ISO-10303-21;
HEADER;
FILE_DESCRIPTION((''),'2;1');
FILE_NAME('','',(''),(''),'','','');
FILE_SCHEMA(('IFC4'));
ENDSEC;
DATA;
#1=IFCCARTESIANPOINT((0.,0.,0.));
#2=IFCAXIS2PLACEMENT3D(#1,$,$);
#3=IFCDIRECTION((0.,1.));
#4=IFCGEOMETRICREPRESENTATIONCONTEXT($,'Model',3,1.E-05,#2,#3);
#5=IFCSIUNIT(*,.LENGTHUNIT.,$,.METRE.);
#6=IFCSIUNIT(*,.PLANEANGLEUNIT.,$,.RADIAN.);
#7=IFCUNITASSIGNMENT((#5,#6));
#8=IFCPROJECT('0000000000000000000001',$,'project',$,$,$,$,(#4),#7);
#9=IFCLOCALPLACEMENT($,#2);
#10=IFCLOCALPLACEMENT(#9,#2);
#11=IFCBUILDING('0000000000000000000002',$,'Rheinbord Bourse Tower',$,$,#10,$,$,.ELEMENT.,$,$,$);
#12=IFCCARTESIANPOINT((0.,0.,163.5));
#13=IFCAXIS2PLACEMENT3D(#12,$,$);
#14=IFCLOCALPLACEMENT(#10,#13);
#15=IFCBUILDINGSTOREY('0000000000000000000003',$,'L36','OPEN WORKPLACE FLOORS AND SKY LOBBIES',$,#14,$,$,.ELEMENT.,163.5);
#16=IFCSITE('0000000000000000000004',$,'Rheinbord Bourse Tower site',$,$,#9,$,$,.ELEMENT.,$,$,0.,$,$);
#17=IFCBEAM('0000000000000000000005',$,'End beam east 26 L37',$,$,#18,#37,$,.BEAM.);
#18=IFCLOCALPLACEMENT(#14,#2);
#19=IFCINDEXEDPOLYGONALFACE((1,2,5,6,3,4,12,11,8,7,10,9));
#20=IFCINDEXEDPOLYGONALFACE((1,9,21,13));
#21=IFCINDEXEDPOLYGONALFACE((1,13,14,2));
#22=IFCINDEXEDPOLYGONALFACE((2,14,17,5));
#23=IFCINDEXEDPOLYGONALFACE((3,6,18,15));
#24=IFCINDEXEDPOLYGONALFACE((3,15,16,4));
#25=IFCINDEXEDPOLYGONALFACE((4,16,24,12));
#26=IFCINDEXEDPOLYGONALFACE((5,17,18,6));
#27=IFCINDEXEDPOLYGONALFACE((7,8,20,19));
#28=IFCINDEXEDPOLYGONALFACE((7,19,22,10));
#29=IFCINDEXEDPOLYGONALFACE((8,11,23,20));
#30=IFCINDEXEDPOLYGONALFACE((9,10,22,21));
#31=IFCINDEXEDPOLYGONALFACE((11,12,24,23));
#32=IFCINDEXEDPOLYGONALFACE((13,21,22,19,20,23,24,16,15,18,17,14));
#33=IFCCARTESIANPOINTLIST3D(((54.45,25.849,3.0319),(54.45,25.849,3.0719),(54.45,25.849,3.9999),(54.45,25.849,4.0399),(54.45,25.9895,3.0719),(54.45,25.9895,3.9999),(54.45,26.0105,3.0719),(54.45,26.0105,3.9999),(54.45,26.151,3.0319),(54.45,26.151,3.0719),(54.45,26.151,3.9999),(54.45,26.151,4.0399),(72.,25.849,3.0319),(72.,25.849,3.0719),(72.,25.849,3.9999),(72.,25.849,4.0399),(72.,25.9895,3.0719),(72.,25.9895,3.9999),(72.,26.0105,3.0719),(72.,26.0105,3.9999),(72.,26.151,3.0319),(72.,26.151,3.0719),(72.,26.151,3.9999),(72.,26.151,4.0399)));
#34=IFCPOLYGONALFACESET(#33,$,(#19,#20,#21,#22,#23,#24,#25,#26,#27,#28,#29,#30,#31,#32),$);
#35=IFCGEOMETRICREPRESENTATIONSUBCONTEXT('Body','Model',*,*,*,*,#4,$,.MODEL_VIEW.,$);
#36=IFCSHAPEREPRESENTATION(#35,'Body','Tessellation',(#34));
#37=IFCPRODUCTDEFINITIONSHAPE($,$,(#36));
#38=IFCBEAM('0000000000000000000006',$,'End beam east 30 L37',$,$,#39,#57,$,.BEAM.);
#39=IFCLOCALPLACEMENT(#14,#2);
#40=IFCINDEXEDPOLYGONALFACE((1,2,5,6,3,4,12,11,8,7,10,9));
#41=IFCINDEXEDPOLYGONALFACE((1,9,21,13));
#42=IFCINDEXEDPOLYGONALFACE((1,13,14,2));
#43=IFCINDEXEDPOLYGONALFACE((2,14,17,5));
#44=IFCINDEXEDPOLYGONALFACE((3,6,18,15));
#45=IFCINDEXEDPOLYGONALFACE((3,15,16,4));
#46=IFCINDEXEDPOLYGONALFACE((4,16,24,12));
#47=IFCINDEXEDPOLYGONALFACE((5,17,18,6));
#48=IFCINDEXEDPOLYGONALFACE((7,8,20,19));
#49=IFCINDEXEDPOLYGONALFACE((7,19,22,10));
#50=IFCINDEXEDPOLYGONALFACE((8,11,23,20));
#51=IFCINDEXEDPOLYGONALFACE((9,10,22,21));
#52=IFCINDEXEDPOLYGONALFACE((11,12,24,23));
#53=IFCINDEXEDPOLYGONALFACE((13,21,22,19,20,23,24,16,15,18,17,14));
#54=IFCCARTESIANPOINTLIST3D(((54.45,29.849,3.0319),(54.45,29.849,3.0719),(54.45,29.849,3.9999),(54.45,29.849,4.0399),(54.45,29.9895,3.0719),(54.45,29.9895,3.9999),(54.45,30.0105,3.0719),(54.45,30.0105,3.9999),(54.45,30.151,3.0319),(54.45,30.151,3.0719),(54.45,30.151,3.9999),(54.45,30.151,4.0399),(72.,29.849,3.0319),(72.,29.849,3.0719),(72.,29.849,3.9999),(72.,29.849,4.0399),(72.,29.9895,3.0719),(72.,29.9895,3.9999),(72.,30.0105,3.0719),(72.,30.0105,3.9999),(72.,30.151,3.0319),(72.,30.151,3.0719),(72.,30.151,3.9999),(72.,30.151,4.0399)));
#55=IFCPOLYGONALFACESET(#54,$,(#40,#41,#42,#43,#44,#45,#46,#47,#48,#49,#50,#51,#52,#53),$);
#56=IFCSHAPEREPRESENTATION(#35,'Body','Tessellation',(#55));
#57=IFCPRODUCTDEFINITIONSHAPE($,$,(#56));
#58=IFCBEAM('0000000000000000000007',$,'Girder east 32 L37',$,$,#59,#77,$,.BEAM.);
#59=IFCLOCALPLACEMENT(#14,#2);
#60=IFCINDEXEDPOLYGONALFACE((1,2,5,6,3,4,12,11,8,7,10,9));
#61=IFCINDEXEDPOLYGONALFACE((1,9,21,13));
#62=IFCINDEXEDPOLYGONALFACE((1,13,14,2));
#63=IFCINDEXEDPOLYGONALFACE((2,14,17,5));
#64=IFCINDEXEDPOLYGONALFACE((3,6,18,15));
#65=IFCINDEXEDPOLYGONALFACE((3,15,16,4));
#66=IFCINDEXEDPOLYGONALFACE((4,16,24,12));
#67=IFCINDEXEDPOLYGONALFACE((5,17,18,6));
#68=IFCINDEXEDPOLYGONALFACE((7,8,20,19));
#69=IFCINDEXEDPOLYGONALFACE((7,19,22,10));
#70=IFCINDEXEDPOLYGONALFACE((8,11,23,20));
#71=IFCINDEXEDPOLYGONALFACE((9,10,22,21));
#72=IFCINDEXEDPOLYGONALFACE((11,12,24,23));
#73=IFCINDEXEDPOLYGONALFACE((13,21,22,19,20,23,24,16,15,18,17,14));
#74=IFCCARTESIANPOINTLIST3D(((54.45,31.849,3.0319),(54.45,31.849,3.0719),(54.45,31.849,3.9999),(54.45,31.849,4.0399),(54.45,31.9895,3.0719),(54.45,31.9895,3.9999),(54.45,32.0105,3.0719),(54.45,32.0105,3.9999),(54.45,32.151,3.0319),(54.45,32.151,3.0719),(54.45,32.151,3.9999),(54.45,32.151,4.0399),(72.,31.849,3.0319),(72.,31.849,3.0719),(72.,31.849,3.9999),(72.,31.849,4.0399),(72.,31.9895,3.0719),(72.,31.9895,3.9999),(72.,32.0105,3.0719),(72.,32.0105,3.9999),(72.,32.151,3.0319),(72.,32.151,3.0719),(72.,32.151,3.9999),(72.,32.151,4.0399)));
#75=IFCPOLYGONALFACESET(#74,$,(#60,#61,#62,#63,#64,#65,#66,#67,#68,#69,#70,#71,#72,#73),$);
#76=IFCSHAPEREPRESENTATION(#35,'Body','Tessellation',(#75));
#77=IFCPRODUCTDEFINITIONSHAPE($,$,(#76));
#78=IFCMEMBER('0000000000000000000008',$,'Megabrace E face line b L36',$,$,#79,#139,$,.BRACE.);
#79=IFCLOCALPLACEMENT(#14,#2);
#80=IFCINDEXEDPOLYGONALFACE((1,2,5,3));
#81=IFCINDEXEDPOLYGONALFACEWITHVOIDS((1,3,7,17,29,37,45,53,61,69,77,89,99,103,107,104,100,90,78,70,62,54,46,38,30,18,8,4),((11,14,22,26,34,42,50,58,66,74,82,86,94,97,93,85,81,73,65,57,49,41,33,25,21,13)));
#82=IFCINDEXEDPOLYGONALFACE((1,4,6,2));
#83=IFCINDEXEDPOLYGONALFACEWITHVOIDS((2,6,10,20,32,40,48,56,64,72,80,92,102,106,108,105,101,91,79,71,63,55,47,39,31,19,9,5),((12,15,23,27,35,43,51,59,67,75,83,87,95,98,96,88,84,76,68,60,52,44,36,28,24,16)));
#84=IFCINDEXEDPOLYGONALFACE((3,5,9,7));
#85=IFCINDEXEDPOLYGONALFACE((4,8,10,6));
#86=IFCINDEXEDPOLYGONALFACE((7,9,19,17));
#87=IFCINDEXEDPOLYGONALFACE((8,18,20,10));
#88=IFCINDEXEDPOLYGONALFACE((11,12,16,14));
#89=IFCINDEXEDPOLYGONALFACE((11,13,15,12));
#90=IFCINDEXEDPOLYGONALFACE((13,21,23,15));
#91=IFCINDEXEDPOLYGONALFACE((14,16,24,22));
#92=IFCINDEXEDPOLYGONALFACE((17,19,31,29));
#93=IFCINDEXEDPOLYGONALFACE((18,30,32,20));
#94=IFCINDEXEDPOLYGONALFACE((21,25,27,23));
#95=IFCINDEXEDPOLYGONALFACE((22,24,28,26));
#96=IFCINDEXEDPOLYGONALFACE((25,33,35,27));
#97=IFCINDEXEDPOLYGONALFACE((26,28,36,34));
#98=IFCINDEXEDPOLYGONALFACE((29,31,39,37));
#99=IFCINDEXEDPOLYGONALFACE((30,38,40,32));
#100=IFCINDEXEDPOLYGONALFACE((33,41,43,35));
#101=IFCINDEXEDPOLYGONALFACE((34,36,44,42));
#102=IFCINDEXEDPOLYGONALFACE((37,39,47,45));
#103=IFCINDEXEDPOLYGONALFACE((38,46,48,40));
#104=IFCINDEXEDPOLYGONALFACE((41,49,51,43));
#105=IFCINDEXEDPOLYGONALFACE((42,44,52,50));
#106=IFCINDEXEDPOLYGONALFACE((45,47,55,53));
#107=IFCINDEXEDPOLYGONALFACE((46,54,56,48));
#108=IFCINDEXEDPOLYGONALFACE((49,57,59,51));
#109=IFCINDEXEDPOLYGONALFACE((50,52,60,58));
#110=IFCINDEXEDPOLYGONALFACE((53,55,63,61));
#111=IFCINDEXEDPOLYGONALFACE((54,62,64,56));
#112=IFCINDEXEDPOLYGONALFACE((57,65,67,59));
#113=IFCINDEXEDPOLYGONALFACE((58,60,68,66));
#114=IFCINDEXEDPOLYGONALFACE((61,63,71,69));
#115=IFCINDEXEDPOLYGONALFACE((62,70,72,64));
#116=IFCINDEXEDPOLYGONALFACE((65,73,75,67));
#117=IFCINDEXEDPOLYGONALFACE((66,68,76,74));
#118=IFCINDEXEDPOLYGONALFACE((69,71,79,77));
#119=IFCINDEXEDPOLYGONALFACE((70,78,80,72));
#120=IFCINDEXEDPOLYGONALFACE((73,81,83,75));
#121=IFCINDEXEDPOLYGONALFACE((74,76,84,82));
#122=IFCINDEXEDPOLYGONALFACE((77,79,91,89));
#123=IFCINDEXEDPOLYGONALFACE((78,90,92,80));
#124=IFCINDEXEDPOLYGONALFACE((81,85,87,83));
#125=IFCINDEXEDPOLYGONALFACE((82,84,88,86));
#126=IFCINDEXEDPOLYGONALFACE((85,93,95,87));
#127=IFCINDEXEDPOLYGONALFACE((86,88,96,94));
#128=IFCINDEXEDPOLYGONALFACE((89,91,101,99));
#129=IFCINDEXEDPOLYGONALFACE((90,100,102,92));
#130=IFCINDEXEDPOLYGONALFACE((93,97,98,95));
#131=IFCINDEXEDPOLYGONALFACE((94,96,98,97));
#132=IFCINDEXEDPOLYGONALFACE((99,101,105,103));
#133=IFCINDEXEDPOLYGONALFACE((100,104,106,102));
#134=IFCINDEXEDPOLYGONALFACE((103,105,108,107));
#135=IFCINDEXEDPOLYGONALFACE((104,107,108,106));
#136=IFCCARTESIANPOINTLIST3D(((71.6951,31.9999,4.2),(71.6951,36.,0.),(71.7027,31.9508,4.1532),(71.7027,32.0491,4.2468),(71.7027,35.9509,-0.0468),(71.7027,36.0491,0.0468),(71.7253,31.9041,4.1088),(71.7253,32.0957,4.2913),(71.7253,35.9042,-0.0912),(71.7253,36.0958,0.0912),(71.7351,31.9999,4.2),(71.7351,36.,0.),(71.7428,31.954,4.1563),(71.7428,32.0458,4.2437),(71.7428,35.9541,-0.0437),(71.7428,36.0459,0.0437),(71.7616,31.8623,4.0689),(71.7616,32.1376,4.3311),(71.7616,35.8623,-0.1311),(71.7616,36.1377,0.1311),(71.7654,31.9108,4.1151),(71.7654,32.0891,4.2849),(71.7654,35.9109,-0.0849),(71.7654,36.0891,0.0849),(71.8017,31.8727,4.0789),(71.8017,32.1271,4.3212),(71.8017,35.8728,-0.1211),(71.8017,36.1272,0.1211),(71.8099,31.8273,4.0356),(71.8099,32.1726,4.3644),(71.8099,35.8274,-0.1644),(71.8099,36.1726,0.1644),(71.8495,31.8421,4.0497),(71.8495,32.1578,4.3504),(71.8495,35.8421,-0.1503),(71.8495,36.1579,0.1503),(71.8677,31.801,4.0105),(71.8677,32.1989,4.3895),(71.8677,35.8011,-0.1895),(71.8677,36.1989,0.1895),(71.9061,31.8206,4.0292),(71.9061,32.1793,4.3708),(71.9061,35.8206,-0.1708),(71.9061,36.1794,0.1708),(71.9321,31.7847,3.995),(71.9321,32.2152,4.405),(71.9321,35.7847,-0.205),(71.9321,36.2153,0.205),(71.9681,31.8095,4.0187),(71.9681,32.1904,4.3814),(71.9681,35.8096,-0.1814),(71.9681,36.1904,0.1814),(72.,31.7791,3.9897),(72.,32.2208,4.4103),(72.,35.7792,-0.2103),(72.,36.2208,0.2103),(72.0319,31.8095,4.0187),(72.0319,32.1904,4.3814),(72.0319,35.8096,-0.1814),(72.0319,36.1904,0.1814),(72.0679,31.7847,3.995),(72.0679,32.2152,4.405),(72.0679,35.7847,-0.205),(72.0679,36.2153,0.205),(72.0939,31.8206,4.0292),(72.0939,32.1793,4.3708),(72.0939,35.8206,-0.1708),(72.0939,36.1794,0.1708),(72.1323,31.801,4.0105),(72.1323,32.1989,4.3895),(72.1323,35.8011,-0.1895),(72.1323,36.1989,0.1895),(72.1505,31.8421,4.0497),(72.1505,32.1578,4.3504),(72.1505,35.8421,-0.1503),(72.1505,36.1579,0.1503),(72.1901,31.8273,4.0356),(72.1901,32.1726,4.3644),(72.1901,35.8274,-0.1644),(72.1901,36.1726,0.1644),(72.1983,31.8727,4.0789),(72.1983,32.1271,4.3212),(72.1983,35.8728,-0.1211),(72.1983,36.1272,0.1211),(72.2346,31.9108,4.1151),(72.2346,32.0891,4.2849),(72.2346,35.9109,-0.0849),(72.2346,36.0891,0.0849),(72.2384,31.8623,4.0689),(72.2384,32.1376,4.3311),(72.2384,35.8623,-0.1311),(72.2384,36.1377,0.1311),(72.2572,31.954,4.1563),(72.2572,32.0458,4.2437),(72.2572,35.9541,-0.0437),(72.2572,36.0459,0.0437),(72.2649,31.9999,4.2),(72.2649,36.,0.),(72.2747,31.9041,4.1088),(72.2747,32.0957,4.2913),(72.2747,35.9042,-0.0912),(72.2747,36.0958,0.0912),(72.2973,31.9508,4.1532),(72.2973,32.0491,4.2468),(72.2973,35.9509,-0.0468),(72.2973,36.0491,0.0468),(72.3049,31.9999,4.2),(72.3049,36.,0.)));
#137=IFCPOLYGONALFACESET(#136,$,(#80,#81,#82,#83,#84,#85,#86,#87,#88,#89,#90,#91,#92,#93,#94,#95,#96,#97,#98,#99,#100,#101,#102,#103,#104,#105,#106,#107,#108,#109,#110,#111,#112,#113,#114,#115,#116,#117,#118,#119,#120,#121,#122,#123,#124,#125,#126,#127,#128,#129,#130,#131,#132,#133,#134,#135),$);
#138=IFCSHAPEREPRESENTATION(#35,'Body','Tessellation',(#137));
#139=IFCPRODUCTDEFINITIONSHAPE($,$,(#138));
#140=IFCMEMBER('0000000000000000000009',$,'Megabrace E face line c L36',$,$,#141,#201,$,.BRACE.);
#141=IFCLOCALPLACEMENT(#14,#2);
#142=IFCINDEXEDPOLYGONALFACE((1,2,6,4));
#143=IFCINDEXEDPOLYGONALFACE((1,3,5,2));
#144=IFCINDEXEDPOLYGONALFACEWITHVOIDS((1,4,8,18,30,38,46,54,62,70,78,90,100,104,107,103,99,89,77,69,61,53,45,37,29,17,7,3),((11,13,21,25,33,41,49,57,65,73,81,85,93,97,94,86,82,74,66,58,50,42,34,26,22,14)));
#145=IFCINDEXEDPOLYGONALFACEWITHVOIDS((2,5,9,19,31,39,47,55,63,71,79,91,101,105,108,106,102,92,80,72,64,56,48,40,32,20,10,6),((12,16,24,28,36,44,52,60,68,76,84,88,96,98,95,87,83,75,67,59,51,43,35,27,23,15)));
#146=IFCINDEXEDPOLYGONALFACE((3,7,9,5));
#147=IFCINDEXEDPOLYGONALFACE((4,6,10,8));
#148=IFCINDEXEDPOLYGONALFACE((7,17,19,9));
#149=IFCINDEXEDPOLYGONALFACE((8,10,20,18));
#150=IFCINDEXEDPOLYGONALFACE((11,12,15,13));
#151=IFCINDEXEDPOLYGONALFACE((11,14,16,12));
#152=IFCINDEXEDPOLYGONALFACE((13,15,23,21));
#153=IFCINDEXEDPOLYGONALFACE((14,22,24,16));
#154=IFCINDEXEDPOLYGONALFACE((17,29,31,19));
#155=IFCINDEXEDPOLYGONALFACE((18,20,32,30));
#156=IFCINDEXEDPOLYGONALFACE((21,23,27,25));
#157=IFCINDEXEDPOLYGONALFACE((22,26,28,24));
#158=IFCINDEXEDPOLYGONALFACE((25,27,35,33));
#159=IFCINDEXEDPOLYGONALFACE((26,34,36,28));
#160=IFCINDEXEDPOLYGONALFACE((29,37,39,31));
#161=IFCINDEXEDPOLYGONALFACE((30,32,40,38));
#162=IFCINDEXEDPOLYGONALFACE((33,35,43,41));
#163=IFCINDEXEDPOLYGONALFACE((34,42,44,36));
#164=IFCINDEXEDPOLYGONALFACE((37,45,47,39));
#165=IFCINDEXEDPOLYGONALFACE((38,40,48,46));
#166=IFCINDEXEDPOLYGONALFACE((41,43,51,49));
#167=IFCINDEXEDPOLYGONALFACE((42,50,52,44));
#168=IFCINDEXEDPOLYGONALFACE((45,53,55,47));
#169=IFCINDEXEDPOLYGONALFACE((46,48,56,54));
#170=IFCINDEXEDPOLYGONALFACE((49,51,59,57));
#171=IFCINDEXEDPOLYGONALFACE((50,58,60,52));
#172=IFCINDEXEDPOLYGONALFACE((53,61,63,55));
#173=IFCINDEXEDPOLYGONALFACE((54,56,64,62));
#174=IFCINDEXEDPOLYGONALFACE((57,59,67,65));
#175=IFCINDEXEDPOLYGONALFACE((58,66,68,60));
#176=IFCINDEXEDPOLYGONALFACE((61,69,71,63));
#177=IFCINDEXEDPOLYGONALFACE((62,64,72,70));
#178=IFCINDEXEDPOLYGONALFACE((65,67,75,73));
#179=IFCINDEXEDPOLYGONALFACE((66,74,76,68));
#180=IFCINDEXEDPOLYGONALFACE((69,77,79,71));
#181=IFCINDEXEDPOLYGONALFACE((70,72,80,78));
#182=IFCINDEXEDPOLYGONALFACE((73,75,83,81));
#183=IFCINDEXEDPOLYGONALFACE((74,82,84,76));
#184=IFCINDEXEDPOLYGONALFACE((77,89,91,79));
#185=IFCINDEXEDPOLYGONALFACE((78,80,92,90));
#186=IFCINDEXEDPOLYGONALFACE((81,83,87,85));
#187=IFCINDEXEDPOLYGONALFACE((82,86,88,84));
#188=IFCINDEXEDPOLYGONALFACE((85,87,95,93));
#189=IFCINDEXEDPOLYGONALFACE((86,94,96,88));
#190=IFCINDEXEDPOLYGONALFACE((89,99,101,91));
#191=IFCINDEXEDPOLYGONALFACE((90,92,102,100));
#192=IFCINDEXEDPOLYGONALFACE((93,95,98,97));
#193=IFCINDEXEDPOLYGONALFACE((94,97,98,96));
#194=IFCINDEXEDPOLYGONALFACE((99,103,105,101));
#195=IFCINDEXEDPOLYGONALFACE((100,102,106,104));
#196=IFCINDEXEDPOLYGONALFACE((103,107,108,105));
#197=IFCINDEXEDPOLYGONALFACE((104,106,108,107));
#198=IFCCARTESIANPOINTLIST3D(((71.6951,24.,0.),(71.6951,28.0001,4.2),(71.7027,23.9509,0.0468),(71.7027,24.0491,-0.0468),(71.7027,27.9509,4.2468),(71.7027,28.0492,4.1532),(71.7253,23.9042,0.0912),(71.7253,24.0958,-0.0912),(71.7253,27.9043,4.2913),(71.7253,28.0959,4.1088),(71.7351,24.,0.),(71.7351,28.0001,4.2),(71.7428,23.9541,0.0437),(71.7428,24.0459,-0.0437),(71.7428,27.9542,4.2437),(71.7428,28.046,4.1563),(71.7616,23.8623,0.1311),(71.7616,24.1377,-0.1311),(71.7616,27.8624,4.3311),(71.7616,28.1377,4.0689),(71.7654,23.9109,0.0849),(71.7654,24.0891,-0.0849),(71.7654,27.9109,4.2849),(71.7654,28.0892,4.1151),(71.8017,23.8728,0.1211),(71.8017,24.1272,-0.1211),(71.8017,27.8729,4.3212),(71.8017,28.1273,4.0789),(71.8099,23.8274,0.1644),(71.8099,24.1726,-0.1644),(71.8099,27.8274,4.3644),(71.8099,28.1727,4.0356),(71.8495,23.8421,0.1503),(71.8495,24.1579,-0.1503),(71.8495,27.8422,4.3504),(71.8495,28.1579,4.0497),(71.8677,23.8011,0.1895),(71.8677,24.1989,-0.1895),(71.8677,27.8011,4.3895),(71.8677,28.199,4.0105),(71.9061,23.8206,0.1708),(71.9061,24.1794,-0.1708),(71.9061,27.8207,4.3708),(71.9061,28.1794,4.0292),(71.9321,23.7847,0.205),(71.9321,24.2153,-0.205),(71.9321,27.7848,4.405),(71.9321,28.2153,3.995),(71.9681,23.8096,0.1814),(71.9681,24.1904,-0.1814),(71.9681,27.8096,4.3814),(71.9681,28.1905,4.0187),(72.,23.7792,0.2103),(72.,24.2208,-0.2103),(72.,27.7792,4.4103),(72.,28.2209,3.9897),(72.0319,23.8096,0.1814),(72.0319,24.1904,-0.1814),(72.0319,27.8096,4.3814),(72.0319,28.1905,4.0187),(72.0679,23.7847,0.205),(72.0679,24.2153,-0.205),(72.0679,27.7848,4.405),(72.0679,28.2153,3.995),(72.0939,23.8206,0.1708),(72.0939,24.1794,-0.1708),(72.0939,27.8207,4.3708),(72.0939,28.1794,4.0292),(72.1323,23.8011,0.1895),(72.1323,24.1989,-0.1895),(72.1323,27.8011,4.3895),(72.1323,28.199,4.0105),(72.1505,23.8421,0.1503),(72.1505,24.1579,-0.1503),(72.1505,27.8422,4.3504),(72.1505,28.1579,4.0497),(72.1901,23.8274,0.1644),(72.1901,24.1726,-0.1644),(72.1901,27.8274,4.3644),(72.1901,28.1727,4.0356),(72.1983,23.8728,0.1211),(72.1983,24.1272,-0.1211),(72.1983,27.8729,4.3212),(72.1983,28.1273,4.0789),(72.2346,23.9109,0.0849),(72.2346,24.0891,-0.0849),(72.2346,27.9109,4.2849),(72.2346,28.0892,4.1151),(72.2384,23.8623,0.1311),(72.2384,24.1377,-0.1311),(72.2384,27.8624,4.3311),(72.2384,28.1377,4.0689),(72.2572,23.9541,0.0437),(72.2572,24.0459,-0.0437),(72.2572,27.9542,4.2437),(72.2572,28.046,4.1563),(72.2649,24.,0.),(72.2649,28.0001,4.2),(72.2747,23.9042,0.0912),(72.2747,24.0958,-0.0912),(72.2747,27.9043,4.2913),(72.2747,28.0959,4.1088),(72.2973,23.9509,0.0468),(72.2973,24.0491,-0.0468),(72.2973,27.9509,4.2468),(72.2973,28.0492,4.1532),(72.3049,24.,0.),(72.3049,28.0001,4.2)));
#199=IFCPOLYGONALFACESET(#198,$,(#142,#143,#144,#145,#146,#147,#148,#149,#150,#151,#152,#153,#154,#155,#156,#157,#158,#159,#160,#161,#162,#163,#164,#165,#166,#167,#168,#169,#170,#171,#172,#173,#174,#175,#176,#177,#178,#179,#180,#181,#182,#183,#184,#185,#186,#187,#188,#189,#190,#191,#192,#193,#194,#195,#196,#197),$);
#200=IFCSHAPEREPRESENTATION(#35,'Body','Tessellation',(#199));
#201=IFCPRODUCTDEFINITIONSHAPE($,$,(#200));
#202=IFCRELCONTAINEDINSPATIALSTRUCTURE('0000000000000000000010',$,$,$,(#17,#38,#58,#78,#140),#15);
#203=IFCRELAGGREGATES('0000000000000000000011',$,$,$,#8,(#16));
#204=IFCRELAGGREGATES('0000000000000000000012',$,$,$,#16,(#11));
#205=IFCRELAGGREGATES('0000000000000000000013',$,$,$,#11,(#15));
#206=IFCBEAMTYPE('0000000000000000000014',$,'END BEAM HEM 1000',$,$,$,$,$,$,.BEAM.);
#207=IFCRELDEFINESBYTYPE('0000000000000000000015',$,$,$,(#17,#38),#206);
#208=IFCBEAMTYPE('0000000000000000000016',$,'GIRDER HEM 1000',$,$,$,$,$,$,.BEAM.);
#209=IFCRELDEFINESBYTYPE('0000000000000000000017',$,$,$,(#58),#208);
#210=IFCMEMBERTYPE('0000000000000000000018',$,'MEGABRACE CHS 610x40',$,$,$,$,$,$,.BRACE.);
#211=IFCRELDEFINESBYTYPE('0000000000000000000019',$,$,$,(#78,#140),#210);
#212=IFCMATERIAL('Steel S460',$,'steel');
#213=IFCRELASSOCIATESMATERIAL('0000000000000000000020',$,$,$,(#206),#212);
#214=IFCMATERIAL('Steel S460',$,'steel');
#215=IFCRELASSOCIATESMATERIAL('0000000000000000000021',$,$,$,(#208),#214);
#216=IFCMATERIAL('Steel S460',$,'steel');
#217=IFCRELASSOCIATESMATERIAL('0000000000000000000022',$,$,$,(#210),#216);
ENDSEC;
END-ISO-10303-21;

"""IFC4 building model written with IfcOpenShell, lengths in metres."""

from ifc_helpers import new_model, si_unit, direction, frame, origin, origin_2d, place, context, subcontext, project, spatial, hollow_circle, i_section, extrude, material, material_profile, profile_set, type_object, element, save


model = new_model("IFC4")

# Units and contexts
model_context = context("Model", 3, precision=1e-05, world=origin(), true_north=direction((0.0, 1.0)))
body_context = subcontext(model_context, "Body", "Model", "MODEL_VIEW")
ifc_project = project(units=[si_unit("LENGTHUNIT", "METRE"), si_unit("PLANEANGLEUNIT", "RADIAN")], contexts=[model_context])

# Site, building, storey
site_placement = place(None, origin())
site = spatial("IfcSite", under=ifc_project, at=site_placement, Name="Rheinbord Bourse Tower site", CompositionType="ELEMENT", RefElevation=0.0)
building_placement = place(site_placement, origin())
building = spatial("IfcBuilding", under=site, at=building_placement, Name="Rheinbord Bourse Tower", CompositionType="ELEMENT")
storey_placement = place(building_placement, frame((0.0, 0.0, 163.5)))
storey = spatial("IfcBuildingStorey", under=building, at=storey_placement, Name="L36", Description="OPEN WORKPLACE FLOORS AND SKY LOBBIES", CompositionType="ELEMENT", Elevation=163.5)

# Beams
ifc_material_1 = material(Name="Steel S460", Category="steel")
ifc_material_profile_1 = material_profile(ifc_material_1, i_section(OverallWidth=0.302, OverallDepth=1.0081, WebThickness=0.021, FlangeThickness=0.04, at=origin_2d()), Name="HEM 1000")
ifc_profile_set_1 = profile_set([ifc_material_profile_1], Name="Steel S460")
beam_type_1 = type_object("IfcBeamType", Name="END BEAM HEM 1000", PredefinedType="BEAM", material=ifc_profile_set_1)
for number, where, z_axis, x_axis, name in (
    (1, (54.45, 26.0, 3.5359), (1.0, 0.0, 0.0), (0.0, 1.0, 0.0), "End beam east 26 L37"),
    (2, (54.45, 30.0, 3.5359), (1.0, 0.0, 0.0), (0.0, 1.0, 0.0), "End beam east 30 L37"),
):
    element("IfcBeam", number, at=place(storey_placement, frame(where, z_axis=z_axis, x_axis=x_axis)), inside=storey, type_object=beam_type_1, Name=name, PredefinedType="BEAM", context=body_context, shape_type="SweptSolid", body=[
        extrude(i_section(OverallWidth=0.302, OverallDepth=1.0081, WebThickness=0.021, FlangeThickness=0.04, at=origin_2d()), origin(), (0.0, 0.0, 1.0), 17.55),
    ])
ifc_material_2 = material(Name="Steel S460", Category="steel")
ifc_material_profile_2 = material_profile(ifc_material_2, i_section(OverallWidth=0.302, OverallDepth=1.0081, WebThickness=0.021, FlangeThickness=0.04, at=origin_2d()), Name="HEM 1000")
ifc_profile_set_2 = profile_set([ifc_material_profile_2], Name="Steel S460")
beam_type_2 = type_object("IfcBeamType", Name="GIRDER HEM 1000", PredefinedType="BEAM", material=ifc_profile_set_2)
beam_1_placement = place(storey_placement, frame((54.45, 32.0, 3.5359), z_axis=(1.0, 0.0, 0.0), x_axis=(0.0, 1.0, 0.0)))
element("IfcBeam", 3, at=beam_1_placement, inside=storey, type_object=beam_type_2, Name="Girder east 32 L37", PredefinedType="BEAM", context=body_context, shape_type="SweptSolid", body=[
    extrude(i_section(OverallWidth=0.302, OverallDepth=1.0081, WebThickness=0.021, FlangeThickness=0.04, at=origin_2d()), origin(), (0.0, 0.0, 1.0), 17.55),
])

# Members
ifc_material_3 = material(Name="Steel S460", Category="steel")
ifc_material_profile_3 = material_profile(ifc_material_3, hollow_circle(Radius=0.3049, WallThickness=0.04, at=origin_2d()), Name="CHS 610x40")
ifc_profile_set_3 = profile_set([ifc_material_profile_3], Name="Steel S460")
member_type_1 = type_object("IfcMemberType", Name="MEGABRACE CHS 610x40", PredefinedType="BRACE", material=ifc_profile_set_3)
for number, where, z_axis, x_axis, name in (
    (4, (72.0, 36.0, 0.0), (0.0, -0.689659, 0.724134), (1.0, 0.0, 0.0), "Megabrace E face line b L36"),
    (5, (72.0, 24.0, 0.0), (0.0, 0.689659, 0.724134), (-1.0, 0.0, 0.0), "Megabrace E face line c L36"),
):
    element("IfcMember", number, at=place(storey_placement, frame(where, z_axis=z_axis, x_axis=x_axis)), inside=storey, type_object=member_type_1, Name=name, PredefinedType="BRACE", context=body_context, shape_type="SweptSolid", body=[
        extrude(hollow_circle(Radius=0.3049, WallThickness=0.04, at=origin_2d()), origin(), (0.0, 0.0, 1.0), 5.8),
    ])

save(model, "model.ifc")
